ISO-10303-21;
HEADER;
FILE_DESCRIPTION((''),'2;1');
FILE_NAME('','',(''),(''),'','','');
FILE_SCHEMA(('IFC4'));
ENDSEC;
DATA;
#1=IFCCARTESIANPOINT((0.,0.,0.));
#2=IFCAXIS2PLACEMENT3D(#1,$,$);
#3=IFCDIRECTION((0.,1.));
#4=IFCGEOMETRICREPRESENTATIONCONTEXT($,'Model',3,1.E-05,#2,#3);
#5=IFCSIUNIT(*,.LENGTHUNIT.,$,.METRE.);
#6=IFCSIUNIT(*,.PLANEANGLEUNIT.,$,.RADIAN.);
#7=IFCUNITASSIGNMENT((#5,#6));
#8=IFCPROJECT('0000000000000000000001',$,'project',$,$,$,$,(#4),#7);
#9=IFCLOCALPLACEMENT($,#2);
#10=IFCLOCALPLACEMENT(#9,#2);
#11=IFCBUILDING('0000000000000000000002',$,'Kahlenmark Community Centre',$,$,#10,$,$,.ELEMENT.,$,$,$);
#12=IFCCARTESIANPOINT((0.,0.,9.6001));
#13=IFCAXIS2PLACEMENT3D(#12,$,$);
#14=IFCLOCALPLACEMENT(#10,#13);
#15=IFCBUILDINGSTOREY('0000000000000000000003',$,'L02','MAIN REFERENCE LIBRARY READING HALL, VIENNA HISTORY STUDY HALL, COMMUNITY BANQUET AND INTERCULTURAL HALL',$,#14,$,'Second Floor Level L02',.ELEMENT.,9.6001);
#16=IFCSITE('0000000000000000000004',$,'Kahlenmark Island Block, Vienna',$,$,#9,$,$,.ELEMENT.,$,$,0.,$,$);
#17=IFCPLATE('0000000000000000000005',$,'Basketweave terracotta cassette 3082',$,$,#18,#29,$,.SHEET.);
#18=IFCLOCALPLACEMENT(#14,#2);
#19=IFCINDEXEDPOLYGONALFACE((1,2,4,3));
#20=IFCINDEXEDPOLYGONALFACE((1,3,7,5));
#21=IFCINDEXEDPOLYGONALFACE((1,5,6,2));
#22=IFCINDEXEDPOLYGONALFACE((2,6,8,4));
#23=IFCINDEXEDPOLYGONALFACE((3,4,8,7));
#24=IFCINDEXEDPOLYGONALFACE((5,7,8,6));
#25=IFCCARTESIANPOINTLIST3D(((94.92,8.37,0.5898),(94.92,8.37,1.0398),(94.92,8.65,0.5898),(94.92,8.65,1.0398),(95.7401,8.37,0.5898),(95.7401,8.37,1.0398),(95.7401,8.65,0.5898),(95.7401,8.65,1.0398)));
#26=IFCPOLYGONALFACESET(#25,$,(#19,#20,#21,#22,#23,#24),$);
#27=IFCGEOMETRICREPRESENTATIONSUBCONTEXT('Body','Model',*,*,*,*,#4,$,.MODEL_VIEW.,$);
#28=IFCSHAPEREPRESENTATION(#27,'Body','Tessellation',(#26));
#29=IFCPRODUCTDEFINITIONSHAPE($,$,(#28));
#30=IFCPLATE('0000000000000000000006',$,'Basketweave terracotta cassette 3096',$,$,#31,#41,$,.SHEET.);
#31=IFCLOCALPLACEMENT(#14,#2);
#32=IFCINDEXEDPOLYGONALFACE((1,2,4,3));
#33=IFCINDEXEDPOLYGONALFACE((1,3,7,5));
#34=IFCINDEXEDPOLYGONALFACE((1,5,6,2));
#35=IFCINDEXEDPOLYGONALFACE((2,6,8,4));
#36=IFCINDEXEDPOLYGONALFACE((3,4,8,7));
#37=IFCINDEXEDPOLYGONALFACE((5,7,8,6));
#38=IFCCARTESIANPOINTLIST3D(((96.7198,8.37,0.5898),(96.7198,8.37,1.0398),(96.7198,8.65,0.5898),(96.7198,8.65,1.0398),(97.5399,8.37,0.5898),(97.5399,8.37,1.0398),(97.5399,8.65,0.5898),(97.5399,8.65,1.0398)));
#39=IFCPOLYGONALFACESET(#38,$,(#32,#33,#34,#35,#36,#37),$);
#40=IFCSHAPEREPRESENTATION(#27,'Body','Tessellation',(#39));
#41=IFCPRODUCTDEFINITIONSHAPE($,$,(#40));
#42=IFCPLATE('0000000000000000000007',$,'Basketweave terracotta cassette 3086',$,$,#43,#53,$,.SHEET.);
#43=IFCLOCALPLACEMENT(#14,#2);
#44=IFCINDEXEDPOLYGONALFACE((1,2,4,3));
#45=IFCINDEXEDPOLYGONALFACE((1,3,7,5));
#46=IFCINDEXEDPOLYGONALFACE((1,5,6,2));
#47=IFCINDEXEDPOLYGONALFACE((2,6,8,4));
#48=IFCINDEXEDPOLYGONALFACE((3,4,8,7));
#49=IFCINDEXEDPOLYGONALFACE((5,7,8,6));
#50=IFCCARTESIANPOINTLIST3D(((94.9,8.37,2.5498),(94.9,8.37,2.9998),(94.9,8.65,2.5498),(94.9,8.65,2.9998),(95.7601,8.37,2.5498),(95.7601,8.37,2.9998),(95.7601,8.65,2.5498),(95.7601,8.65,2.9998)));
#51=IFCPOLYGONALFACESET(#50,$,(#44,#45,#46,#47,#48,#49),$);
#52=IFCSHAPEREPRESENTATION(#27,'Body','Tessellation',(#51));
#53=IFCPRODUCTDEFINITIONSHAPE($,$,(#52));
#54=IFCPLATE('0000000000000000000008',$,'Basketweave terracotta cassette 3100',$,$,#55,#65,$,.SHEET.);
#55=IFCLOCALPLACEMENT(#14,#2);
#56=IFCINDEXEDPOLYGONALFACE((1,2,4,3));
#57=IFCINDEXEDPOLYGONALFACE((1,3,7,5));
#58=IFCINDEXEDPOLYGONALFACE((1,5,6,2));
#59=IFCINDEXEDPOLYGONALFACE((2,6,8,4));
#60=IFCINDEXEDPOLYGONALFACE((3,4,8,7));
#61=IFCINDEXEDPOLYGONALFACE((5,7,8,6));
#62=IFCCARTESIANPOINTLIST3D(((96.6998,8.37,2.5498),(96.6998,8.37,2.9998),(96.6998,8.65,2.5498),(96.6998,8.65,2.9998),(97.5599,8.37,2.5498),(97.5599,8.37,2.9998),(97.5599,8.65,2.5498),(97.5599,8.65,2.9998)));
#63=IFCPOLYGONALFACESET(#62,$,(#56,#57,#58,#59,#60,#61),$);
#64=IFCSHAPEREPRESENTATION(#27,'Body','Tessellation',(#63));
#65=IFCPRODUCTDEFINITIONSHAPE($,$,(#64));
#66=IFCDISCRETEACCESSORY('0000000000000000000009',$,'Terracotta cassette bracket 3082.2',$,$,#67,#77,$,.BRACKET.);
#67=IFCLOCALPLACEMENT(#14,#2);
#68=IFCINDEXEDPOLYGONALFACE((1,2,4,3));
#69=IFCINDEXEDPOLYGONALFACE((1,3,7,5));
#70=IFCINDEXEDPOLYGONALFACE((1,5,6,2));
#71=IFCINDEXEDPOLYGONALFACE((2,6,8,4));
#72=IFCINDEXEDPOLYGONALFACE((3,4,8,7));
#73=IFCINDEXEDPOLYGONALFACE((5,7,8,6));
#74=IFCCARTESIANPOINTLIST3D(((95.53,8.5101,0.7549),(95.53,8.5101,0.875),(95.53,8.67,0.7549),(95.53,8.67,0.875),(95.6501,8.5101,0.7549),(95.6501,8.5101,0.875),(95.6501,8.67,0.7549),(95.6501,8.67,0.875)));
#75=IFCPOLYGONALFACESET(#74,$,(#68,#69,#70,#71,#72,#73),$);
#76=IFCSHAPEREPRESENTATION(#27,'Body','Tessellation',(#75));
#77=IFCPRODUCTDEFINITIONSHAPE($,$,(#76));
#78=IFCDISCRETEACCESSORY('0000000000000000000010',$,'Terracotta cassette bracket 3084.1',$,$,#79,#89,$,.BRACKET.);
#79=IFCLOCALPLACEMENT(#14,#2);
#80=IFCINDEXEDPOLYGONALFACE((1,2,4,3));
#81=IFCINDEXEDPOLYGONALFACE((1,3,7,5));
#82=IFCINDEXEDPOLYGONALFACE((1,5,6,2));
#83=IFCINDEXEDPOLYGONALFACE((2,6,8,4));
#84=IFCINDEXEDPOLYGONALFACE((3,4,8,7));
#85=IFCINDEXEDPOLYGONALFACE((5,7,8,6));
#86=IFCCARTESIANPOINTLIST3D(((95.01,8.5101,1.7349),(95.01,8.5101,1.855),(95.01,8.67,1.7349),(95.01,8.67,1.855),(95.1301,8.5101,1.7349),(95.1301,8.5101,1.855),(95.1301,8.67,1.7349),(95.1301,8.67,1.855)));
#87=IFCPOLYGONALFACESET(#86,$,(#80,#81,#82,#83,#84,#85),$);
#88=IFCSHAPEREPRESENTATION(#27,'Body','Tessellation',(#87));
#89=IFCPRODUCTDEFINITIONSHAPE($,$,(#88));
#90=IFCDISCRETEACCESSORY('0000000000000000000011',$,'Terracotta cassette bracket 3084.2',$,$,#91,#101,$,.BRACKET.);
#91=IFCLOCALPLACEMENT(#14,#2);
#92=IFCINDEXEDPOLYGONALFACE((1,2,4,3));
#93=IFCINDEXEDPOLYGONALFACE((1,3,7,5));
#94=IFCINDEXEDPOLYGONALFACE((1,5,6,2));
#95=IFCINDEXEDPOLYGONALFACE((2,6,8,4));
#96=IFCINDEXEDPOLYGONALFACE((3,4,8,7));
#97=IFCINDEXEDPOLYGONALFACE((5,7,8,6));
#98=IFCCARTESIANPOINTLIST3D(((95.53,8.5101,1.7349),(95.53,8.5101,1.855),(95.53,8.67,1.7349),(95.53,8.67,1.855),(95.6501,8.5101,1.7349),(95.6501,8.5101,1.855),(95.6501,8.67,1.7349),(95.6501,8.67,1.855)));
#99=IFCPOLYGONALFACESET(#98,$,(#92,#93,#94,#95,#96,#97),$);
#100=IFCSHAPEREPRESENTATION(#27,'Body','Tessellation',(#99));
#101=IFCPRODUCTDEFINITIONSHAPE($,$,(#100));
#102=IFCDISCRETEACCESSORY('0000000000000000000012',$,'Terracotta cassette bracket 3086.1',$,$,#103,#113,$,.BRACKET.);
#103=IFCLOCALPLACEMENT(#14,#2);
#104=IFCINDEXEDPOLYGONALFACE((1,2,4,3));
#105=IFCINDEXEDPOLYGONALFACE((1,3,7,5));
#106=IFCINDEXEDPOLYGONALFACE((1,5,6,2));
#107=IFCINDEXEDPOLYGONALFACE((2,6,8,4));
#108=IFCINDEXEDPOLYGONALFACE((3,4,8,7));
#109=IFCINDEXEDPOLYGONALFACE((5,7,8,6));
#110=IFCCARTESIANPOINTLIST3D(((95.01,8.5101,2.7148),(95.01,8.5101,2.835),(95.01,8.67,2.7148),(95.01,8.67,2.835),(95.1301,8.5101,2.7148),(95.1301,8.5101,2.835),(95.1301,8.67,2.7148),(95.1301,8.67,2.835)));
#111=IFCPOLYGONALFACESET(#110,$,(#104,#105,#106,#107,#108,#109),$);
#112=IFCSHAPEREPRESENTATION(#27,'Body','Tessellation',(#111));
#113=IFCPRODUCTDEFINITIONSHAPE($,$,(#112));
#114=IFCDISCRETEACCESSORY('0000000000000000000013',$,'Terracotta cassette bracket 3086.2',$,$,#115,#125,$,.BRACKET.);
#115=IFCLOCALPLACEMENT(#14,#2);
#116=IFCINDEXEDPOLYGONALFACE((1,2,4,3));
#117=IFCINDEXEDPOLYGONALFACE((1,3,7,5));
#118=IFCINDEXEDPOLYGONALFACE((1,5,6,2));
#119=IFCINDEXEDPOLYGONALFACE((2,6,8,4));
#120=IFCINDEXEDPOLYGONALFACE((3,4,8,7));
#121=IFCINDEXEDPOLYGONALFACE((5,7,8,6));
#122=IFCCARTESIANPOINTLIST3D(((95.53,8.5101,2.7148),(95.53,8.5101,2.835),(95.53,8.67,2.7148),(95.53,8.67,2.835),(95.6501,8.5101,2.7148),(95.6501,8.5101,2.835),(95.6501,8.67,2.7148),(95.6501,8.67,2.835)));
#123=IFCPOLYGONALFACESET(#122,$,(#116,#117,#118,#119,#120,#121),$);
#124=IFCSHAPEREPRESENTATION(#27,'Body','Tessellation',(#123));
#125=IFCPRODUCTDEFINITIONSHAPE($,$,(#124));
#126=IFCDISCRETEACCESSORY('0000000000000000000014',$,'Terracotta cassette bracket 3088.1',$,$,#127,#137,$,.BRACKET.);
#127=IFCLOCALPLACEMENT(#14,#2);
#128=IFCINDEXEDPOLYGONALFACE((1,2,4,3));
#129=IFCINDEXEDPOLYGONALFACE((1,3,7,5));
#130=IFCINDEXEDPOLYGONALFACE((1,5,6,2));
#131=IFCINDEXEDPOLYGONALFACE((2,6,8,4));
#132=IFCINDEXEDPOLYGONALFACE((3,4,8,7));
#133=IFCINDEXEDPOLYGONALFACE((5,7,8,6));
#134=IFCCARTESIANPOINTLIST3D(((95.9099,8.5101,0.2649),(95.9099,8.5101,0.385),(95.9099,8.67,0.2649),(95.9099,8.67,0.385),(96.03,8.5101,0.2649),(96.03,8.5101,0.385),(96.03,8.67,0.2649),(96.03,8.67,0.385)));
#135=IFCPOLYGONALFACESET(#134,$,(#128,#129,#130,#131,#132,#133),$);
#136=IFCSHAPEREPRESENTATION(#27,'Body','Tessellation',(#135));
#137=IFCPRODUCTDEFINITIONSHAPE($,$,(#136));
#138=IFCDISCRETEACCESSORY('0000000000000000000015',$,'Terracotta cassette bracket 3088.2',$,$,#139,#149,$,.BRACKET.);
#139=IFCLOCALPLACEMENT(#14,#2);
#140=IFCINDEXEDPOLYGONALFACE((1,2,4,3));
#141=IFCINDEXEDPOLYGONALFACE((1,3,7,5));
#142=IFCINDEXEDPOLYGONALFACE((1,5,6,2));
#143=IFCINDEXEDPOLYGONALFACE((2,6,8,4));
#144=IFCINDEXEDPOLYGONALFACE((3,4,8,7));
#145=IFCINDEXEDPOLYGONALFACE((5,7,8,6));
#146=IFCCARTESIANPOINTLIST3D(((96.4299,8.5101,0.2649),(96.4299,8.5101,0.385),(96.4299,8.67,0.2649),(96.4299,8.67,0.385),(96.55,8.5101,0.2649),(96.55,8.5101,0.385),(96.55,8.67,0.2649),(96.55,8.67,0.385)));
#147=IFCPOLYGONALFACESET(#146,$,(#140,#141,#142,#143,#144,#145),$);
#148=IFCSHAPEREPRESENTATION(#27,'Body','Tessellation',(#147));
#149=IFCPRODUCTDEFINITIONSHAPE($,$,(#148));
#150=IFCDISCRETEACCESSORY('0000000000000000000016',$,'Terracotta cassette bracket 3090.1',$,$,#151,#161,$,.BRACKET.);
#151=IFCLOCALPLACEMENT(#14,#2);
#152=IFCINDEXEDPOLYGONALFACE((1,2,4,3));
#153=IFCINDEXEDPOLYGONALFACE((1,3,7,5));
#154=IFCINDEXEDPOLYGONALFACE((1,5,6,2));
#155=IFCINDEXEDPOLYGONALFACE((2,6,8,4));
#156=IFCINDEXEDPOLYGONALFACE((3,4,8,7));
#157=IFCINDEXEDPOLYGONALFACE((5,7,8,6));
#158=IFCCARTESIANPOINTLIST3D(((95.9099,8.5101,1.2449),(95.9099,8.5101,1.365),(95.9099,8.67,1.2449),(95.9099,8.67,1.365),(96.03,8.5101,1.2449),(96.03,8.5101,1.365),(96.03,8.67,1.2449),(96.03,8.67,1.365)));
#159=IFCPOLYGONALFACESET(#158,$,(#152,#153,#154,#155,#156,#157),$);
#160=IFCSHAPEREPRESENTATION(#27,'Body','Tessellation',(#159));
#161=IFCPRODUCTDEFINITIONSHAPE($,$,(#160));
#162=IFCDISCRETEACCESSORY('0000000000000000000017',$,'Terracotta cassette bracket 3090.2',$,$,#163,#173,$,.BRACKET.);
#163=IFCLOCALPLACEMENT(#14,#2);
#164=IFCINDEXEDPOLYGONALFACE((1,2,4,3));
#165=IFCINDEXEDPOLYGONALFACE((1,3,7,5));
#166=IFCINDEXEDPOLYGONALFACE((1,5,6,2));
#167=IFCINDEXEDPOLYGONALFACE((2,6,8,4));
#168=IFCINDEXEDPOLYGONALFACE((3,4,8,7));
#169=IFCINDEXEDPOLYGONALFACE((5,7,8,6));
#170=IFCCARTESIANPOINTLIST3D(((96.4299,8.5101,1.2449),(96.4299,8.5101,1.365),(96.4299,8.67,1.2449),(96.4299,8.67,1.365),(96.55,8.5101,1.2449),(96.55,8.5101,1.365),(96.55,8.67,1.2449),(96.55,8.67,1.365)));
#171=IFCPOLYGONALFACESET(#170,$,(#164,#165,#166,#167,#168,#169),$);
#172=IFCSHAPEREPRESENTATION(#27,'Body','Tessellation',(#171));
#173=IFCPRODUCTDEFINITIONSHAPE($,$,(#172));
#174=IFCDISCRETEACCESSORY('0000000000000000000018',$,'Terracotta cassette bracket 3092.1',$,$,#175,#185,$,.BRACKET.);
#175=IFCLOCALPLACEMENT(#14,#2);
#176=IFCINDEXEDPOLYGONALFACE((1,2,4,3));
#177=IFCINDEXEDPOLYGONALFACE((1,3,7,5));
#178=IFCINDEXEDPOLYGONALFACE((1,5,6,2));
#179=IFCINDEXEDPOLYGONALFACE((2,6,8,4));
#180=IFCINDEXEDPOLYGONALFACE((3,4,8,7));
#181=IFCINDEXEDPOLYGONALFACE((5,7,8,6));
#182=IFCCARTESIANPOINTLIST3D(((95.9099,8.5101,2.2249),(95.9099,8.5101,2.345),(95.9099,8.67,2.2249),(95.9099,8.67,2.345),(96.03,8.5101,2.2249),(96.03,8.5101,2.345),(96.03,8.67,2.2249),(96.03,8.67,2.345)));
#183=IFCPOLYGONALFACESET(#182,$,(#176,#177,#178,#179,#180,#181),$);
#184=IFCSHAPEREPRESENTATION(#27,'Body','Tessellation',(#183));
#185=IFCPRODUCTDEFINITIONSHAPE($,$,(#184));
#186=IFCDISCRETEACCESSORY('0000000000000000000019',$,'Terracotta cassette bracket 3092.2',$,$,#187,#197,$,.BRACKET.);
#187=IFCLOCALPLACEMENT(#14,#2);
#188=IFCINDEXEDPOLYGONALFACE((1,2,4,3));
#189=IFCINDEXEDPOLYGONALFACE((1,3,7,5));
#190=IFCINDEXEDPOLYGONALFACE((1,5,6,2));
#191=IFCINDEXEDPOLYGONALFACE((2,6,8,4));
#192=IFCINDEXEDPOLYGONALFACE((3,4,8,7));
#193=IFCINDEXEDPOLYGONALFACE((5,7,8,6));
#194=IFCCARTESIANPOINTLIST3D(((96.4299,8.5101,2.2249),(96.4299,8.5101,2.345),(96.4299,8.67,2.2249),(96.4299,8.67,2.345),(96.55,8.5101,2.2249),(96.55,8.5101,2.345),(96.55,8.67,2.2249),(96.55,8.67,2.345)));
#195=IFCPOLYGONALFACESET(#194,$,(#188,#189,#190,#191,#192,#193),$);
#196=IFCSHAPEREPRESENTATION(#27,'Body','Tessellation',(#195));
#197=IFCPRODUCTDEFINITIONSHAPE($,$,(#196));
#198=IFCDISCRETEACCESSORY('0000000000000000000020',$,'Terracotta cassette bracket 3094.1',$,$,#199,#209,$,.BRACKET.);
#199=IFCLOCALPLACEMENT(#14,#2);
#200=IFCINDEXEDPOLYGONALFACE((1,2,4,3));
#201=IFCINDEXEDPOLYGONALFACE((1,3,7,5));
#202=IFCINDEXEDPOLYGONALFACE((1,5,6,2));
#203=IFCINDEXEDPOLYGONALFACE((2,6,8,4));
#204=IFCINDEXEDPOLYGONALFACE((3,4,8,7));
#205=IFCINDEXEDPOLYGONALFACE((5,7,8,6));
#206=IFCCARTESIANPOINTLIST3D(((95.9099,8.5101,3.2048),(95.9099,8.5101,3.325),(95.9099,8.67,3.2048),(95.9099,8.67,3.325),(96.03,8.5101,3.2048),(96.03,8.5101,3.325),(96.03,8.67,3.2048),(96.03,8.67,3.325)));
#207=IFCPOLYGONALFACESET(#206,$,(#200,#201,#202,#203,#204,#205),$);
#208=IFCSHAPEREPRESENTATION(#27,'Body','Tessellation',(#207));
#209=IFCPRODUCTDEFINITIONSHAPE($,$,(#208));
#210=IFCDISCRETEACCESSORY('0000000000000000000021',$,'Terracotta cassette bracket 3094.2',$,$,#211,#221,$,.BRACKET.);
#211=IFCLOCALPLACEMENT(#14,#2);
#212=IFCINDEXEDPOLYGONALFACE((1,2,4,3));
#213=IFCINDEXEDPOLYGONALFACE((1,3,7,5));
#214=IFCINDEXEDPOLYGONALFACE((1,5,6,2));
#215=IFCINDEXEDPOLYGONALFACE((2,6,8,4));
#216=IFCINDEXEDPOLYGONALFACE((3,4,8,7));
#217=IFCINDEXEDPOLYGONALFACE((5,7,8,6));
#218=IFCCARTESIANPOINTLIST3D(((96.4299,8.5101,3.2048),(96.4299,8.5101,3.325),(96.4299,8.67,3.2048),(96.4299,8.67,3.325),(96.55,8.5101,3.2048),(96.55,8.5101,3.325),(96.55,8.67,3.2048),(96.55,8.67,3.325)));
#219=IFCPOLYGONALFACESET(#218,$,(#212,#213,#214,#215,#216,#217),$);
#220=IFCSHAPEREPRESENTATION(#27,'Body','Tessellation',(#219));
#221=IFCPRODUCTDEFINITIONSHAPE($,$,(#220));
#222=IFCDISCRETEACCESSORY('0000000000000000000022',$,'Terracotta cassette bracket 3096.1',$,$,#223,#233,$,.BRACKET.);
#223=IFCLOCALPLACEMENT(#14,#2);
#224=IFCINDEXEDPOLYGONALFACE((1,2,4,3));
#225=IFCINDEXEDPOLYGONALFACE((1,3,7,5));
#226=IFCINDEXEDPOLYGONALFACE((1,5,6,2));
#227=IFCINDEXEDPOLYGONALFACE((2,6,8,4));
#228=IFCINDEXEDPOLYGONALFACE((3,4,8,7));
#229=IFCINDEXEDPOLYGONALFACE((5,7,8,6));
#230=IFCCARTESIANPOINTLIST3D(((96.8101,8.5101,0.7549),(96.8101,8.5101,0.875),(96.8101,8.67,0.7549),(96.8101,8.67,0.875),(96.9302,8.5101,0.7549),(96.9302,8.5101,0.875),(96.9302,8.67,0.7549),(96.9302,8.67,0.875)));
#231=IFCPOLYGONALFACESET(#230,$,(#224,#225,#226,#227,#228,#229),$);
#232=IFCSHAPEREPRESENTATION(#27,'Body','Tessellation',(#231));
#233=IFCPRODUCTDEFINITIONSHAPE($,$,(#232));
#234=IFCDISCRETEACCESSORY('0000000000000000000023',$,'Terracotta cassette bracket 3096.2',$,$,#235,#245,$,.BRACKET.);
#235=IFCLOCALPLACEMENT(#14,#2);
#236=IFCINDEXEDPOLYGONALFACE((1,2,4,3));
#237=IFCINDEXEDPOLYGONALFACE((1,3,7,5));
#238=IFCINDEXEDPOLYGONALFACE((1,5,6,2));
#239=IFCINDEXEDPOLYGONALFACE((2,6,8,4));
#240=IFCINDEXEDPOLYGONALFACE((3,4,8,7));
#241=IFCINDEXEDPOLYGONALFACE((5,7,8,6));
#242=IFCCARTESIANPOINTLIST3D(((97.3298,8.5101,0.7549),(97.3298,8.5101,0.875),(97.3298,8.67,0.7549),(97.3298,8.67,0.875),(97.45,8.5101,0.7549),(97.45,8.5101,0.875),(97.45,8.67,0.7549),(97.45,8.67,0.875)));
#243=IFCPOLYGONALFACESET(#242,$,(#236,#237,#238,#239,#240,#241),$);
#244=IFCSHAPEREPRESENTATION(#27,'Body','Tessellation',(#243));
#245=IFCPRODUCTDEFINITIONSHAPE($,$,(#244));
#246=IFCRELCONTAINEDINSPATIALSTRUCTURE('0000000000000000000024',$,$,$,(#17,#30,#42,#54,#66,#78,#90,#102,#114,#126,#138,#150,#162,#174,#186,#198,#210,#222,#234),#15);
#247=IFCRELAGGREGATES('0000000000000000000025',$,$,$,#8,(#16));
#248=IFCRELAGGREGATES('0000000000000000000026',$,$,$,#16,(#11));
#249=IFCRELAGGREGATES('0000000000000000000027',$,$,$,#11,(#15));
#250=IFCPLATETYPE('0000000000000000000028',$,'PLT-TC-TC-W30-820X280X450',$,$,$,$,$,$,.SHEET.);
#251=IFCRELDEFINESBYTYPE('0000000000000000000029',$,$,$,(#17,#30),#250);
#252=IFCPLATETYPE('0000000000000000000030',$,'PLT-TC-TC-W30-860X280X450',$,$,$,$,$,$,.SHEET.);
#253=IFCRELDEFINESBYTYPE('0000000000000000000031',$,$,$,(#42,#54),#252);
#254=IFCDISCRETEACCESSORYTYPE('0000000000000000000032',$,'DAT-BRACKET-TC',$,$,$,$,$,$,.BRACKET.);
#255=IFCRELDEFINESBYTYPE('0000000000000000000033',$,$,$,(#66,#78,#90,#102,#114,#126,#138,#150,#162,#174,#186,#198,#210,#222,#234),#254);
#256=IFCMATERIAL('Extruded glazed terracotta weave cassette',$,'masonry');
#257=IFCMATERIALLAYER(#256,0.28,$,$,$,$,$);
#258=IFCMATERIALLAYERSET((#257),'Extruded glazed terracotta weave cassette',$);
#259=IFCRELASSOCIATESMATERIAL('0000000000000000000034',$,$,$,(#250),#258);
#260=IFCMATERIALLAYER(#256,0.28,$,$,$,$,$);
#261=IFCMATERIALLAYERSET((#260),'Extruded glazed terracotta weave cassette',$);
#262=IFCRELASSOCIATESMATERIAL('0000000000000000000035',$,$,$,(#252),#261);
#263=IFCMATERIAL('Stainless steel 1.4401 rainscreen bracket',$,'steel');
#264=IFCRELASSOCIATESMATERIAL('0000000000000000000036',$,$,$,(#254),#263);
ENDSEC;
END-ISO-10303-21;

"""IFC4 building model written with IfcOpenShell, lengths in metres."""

from ifc_helpers import new_model, si_unit, direction, frame, origin, origin_2d, place, context, subcontext, project, spatial, rectangle, extrude, material, layer, layer_set, type_object, element, save


model = new_model("IFC4")

# Units and contexts
model_context = context("Model", 3, precision=1e-05, world=origin(), true_north=direction((0.0, 1.0)))
body_context = subcontext(model_context, "Body", "Model", "MODEL_VIEW")
ifc_project = project(units=[si_unit("LENGTHUNIT", "METRE"), si_unit("PLANEANGLEUNIT", "RADIAN")], contexts=[model_context])

# Site, building, storey
site_placement = place(None, origin())
site = spatial("IfcSite", under=ifc_project, at=site_placement, Name="Kahlenmark Island Block, Vienna", CompositionType="ELEMENT", RefElevation=0.0)
building_placement = place(site_placement, origin())
building = spatial("IfcBuilding", under=site, at=building_placement, Name="Kahlenmark Community Centre", CompositionType="ELEMENT")
storey_placement = place(building_placement, frame((0.0, 0.0, 9.6001)))
storey = spatial("IfcBuildingStorey", under=building, at=storey_placement, Name="L02", Description="MAIN REFERENCE LIBRARY READING HALL, VIENNA HISTORY STUDY HALL, COMMUNITY BANQUET AND INTERCULTURAL HALL", LongName="Second Floor Level L02", CompositionType="ELEMENT", Elevation=9.6001)

# Plates
ifc_material_1 = material(Name="Extruded glazed terracotta weave cassette", Category="masonry")
ifc_layer_1 = layer(ifc_material_1, 0.28)
ifc_layer_set_1 = layer_set([ifc_layer_1], Name="Extruded glazed terracotta weave cassette")
plate_type_1 = type_object("IfcPlateType", Name="PLT-TC-TC-W30-820X280X450", PredefinedType="SHEET", material=ifc_layer_set_1)
for number, where, z_axis, x_axis, name in (
    (1, (95.3301, 8.51, 0.5898), (0.0, 0.0, 1.0), (1.0, 0.0, 0.0), "Basketweave terracotta cassette 3082"),
    (2, (97.1299, 8.51, 0.5898), (0.0, 0.0, 1.0), (1.0, 0.0, 0.0), "Basketweave terracotta cassette 3096"),
):
    element("IfcPlate", number, at=place(storey_placement, frame(where, z_axis=z_axis, x_axis=x_axis)), inside=storey, type_object=plate_type_1, Name=name, PredefinedType="SHEET", context=body_context, shape_type="SweptSolid", body=[
        extrude(rectangle(XDim=0.8201, YDim=0.28, at=origin_2d()), origin(), (0.0, 0.0, 1.0), 0.45),
    ])
ifc_layer_2 = layer(ifc_material_1, 0.28)
ifc_layer_set_2 = layer_set([ifc_layer_2], Name="Extruded glazed terracotta weave cassette")
plate_type_2 = type_object("IfcPlateType", Name="PLT-TC-TC-W30-860X280X450", PredefinedType="SHEET", material=ifc_layer_set_2)
for number, where, z_axis, x_axis, name in (
    (3, (95.3301, 8.51, 2.5498), (0.0, 0.0, 1.0), (1.0, 0.0, 0.0), "Basketweave terracotta cassette 3086"),
    (4, (97.1299, 8.51, 2.5498), (0.0, 0.0, 1.0), (1.0, 0.0, 0.0), "Basketweave terracotta cassette 3100"),
):
    element("IfcPlate", number, at=place(storey_placement, frame(where, z_axis=z_axis, x_axis=x_axis)), inside=storey, type_object=plate_type_2, Name=name, PredefinedType="SHEET", context=body_context, shape_type="SweptSolid", body=[
        extrude(rectangle(XDim=0.8601, YDim=0.28, at=origin_2d()), origin(), (0.0, 0.0, 1.0), 0.45),
    ])

# Discrete accessories
ifc_material_2 = material(Name="Stainless steel 1.4401 rainscreen bracket", Category="steel")
discrete_accessory_type = type_object("IfcDiscreteAccessoryType", Name="DAT-BRACKET-TC", PredefinedType="BRACKET", material=ifc_material_2)
for number, where, z_axis, x_axis, name in (
    (5, (95.5901, 8.5901, 0.7549), (0.0, 0.0, 1.0), (1.0, 0.0, 0.0), "Terracotta cassette bracket 3082.2"),
    (6, (95.0701, 8.5901, 1.7349), (0.0, 0.0, 1.0), (1.0, 0.0, 0.0), "Terracotta cassette bracket 3084.1"),
    (7, (95.5901, 8.5901, 1.7349), (0.0, 0.0, 1.0), (1.0, 0.0, 0.0), "Terracotta cassette bracket 3084.2"),
    (8, (95.0701, 8.5901, 2.7148), (0.0, 0.0, 1.0), (1.0, 0.0, 0.0), "Terracotta cassette bracket 3086.1"),
    (9, (95.5901, 8.5901, 2.7148), (0.0, 0.0, 1.0), (1.0, 0.0, 0.0), "Terracotta cassette bracket 3086.2"),
    (10, (95.97, 8.5901, 0.2649), (0.0, 0.0, 1.0), (1.0, 0.0, 0.0), "Terracotta cassette bracket 3088.1"),
    (11, (96.49, 8.5901, 0.2649), (0.0, 0.0, 1.0), (1.0, 0.0, 0.0), "Terracotta cassette bracket 3088.2"),
    (12, (95.97, 8.5901, 1.2449), (0.0, 0.0, 1.0), (1.0, 0.0, 0.0), "Terracotta cassette bracket 3090.1"),
    (13, (96.49, 8.5901, 1.2449), (0.0, 0.0, 1.0), (1.0, 0.0, 0.0), "Terracotta cassette bracket 3090.2"),
    (14, (95.97, 8.5901, 2.2249), (0.0, 0.0, 1.0), (1.0, 0.0, 0.0), "Terracotta cassette bracket 3092.1"),
    (15, (96.49, 8.5901, 2.2249), (0.0, 0.0, 1.0), (1.0, 0.0, 0.0), "Terracotta cassette bracket 3092.2"),
    (16, (95.97, 8.5901, 3.2048), (0.0, 0.0, 1.0), (1.0, 0.0, 0.0), "Terracotta cassette bracket 3094.1"),
    (17, (96.49, 8.5901, 3.2048), (0.0, 0.0, 1.0), (1.0, 0.0, 0.0), "Terracotta cassette bracket 3094.2"),
    (18, (96.8701, 8.5901, 0.7549), (0.0, 0.0, 1.0), (1.0, 0.0, 0.0), "Terracotta cassette bracket 3096.1"),
    (19, (97.3899, 8.5901, 0.7549), (0.0, 0.0, 1.0), (1.0, 0.0, 0.0), "Terracotta cassette bracket 3096.2"),
):
    element("IfcDiscreteAccessory", number, at=place(storey_placement, frame(where, z_axis=z_axis, x_axis=x_axis)), inside=storey, type_object=discrete_accessory_type, Name=name, PredefinedType="BRACKET", context=body_context, shape_type="SweptSolid", body=[
        extrude(rectangle(XDim=0.1201, YDim=0.1599, at=origin_2d()), origin(), (0.0, 0.0, 1.0), 0.1201),
    ])

save(model, "model.ifc")
